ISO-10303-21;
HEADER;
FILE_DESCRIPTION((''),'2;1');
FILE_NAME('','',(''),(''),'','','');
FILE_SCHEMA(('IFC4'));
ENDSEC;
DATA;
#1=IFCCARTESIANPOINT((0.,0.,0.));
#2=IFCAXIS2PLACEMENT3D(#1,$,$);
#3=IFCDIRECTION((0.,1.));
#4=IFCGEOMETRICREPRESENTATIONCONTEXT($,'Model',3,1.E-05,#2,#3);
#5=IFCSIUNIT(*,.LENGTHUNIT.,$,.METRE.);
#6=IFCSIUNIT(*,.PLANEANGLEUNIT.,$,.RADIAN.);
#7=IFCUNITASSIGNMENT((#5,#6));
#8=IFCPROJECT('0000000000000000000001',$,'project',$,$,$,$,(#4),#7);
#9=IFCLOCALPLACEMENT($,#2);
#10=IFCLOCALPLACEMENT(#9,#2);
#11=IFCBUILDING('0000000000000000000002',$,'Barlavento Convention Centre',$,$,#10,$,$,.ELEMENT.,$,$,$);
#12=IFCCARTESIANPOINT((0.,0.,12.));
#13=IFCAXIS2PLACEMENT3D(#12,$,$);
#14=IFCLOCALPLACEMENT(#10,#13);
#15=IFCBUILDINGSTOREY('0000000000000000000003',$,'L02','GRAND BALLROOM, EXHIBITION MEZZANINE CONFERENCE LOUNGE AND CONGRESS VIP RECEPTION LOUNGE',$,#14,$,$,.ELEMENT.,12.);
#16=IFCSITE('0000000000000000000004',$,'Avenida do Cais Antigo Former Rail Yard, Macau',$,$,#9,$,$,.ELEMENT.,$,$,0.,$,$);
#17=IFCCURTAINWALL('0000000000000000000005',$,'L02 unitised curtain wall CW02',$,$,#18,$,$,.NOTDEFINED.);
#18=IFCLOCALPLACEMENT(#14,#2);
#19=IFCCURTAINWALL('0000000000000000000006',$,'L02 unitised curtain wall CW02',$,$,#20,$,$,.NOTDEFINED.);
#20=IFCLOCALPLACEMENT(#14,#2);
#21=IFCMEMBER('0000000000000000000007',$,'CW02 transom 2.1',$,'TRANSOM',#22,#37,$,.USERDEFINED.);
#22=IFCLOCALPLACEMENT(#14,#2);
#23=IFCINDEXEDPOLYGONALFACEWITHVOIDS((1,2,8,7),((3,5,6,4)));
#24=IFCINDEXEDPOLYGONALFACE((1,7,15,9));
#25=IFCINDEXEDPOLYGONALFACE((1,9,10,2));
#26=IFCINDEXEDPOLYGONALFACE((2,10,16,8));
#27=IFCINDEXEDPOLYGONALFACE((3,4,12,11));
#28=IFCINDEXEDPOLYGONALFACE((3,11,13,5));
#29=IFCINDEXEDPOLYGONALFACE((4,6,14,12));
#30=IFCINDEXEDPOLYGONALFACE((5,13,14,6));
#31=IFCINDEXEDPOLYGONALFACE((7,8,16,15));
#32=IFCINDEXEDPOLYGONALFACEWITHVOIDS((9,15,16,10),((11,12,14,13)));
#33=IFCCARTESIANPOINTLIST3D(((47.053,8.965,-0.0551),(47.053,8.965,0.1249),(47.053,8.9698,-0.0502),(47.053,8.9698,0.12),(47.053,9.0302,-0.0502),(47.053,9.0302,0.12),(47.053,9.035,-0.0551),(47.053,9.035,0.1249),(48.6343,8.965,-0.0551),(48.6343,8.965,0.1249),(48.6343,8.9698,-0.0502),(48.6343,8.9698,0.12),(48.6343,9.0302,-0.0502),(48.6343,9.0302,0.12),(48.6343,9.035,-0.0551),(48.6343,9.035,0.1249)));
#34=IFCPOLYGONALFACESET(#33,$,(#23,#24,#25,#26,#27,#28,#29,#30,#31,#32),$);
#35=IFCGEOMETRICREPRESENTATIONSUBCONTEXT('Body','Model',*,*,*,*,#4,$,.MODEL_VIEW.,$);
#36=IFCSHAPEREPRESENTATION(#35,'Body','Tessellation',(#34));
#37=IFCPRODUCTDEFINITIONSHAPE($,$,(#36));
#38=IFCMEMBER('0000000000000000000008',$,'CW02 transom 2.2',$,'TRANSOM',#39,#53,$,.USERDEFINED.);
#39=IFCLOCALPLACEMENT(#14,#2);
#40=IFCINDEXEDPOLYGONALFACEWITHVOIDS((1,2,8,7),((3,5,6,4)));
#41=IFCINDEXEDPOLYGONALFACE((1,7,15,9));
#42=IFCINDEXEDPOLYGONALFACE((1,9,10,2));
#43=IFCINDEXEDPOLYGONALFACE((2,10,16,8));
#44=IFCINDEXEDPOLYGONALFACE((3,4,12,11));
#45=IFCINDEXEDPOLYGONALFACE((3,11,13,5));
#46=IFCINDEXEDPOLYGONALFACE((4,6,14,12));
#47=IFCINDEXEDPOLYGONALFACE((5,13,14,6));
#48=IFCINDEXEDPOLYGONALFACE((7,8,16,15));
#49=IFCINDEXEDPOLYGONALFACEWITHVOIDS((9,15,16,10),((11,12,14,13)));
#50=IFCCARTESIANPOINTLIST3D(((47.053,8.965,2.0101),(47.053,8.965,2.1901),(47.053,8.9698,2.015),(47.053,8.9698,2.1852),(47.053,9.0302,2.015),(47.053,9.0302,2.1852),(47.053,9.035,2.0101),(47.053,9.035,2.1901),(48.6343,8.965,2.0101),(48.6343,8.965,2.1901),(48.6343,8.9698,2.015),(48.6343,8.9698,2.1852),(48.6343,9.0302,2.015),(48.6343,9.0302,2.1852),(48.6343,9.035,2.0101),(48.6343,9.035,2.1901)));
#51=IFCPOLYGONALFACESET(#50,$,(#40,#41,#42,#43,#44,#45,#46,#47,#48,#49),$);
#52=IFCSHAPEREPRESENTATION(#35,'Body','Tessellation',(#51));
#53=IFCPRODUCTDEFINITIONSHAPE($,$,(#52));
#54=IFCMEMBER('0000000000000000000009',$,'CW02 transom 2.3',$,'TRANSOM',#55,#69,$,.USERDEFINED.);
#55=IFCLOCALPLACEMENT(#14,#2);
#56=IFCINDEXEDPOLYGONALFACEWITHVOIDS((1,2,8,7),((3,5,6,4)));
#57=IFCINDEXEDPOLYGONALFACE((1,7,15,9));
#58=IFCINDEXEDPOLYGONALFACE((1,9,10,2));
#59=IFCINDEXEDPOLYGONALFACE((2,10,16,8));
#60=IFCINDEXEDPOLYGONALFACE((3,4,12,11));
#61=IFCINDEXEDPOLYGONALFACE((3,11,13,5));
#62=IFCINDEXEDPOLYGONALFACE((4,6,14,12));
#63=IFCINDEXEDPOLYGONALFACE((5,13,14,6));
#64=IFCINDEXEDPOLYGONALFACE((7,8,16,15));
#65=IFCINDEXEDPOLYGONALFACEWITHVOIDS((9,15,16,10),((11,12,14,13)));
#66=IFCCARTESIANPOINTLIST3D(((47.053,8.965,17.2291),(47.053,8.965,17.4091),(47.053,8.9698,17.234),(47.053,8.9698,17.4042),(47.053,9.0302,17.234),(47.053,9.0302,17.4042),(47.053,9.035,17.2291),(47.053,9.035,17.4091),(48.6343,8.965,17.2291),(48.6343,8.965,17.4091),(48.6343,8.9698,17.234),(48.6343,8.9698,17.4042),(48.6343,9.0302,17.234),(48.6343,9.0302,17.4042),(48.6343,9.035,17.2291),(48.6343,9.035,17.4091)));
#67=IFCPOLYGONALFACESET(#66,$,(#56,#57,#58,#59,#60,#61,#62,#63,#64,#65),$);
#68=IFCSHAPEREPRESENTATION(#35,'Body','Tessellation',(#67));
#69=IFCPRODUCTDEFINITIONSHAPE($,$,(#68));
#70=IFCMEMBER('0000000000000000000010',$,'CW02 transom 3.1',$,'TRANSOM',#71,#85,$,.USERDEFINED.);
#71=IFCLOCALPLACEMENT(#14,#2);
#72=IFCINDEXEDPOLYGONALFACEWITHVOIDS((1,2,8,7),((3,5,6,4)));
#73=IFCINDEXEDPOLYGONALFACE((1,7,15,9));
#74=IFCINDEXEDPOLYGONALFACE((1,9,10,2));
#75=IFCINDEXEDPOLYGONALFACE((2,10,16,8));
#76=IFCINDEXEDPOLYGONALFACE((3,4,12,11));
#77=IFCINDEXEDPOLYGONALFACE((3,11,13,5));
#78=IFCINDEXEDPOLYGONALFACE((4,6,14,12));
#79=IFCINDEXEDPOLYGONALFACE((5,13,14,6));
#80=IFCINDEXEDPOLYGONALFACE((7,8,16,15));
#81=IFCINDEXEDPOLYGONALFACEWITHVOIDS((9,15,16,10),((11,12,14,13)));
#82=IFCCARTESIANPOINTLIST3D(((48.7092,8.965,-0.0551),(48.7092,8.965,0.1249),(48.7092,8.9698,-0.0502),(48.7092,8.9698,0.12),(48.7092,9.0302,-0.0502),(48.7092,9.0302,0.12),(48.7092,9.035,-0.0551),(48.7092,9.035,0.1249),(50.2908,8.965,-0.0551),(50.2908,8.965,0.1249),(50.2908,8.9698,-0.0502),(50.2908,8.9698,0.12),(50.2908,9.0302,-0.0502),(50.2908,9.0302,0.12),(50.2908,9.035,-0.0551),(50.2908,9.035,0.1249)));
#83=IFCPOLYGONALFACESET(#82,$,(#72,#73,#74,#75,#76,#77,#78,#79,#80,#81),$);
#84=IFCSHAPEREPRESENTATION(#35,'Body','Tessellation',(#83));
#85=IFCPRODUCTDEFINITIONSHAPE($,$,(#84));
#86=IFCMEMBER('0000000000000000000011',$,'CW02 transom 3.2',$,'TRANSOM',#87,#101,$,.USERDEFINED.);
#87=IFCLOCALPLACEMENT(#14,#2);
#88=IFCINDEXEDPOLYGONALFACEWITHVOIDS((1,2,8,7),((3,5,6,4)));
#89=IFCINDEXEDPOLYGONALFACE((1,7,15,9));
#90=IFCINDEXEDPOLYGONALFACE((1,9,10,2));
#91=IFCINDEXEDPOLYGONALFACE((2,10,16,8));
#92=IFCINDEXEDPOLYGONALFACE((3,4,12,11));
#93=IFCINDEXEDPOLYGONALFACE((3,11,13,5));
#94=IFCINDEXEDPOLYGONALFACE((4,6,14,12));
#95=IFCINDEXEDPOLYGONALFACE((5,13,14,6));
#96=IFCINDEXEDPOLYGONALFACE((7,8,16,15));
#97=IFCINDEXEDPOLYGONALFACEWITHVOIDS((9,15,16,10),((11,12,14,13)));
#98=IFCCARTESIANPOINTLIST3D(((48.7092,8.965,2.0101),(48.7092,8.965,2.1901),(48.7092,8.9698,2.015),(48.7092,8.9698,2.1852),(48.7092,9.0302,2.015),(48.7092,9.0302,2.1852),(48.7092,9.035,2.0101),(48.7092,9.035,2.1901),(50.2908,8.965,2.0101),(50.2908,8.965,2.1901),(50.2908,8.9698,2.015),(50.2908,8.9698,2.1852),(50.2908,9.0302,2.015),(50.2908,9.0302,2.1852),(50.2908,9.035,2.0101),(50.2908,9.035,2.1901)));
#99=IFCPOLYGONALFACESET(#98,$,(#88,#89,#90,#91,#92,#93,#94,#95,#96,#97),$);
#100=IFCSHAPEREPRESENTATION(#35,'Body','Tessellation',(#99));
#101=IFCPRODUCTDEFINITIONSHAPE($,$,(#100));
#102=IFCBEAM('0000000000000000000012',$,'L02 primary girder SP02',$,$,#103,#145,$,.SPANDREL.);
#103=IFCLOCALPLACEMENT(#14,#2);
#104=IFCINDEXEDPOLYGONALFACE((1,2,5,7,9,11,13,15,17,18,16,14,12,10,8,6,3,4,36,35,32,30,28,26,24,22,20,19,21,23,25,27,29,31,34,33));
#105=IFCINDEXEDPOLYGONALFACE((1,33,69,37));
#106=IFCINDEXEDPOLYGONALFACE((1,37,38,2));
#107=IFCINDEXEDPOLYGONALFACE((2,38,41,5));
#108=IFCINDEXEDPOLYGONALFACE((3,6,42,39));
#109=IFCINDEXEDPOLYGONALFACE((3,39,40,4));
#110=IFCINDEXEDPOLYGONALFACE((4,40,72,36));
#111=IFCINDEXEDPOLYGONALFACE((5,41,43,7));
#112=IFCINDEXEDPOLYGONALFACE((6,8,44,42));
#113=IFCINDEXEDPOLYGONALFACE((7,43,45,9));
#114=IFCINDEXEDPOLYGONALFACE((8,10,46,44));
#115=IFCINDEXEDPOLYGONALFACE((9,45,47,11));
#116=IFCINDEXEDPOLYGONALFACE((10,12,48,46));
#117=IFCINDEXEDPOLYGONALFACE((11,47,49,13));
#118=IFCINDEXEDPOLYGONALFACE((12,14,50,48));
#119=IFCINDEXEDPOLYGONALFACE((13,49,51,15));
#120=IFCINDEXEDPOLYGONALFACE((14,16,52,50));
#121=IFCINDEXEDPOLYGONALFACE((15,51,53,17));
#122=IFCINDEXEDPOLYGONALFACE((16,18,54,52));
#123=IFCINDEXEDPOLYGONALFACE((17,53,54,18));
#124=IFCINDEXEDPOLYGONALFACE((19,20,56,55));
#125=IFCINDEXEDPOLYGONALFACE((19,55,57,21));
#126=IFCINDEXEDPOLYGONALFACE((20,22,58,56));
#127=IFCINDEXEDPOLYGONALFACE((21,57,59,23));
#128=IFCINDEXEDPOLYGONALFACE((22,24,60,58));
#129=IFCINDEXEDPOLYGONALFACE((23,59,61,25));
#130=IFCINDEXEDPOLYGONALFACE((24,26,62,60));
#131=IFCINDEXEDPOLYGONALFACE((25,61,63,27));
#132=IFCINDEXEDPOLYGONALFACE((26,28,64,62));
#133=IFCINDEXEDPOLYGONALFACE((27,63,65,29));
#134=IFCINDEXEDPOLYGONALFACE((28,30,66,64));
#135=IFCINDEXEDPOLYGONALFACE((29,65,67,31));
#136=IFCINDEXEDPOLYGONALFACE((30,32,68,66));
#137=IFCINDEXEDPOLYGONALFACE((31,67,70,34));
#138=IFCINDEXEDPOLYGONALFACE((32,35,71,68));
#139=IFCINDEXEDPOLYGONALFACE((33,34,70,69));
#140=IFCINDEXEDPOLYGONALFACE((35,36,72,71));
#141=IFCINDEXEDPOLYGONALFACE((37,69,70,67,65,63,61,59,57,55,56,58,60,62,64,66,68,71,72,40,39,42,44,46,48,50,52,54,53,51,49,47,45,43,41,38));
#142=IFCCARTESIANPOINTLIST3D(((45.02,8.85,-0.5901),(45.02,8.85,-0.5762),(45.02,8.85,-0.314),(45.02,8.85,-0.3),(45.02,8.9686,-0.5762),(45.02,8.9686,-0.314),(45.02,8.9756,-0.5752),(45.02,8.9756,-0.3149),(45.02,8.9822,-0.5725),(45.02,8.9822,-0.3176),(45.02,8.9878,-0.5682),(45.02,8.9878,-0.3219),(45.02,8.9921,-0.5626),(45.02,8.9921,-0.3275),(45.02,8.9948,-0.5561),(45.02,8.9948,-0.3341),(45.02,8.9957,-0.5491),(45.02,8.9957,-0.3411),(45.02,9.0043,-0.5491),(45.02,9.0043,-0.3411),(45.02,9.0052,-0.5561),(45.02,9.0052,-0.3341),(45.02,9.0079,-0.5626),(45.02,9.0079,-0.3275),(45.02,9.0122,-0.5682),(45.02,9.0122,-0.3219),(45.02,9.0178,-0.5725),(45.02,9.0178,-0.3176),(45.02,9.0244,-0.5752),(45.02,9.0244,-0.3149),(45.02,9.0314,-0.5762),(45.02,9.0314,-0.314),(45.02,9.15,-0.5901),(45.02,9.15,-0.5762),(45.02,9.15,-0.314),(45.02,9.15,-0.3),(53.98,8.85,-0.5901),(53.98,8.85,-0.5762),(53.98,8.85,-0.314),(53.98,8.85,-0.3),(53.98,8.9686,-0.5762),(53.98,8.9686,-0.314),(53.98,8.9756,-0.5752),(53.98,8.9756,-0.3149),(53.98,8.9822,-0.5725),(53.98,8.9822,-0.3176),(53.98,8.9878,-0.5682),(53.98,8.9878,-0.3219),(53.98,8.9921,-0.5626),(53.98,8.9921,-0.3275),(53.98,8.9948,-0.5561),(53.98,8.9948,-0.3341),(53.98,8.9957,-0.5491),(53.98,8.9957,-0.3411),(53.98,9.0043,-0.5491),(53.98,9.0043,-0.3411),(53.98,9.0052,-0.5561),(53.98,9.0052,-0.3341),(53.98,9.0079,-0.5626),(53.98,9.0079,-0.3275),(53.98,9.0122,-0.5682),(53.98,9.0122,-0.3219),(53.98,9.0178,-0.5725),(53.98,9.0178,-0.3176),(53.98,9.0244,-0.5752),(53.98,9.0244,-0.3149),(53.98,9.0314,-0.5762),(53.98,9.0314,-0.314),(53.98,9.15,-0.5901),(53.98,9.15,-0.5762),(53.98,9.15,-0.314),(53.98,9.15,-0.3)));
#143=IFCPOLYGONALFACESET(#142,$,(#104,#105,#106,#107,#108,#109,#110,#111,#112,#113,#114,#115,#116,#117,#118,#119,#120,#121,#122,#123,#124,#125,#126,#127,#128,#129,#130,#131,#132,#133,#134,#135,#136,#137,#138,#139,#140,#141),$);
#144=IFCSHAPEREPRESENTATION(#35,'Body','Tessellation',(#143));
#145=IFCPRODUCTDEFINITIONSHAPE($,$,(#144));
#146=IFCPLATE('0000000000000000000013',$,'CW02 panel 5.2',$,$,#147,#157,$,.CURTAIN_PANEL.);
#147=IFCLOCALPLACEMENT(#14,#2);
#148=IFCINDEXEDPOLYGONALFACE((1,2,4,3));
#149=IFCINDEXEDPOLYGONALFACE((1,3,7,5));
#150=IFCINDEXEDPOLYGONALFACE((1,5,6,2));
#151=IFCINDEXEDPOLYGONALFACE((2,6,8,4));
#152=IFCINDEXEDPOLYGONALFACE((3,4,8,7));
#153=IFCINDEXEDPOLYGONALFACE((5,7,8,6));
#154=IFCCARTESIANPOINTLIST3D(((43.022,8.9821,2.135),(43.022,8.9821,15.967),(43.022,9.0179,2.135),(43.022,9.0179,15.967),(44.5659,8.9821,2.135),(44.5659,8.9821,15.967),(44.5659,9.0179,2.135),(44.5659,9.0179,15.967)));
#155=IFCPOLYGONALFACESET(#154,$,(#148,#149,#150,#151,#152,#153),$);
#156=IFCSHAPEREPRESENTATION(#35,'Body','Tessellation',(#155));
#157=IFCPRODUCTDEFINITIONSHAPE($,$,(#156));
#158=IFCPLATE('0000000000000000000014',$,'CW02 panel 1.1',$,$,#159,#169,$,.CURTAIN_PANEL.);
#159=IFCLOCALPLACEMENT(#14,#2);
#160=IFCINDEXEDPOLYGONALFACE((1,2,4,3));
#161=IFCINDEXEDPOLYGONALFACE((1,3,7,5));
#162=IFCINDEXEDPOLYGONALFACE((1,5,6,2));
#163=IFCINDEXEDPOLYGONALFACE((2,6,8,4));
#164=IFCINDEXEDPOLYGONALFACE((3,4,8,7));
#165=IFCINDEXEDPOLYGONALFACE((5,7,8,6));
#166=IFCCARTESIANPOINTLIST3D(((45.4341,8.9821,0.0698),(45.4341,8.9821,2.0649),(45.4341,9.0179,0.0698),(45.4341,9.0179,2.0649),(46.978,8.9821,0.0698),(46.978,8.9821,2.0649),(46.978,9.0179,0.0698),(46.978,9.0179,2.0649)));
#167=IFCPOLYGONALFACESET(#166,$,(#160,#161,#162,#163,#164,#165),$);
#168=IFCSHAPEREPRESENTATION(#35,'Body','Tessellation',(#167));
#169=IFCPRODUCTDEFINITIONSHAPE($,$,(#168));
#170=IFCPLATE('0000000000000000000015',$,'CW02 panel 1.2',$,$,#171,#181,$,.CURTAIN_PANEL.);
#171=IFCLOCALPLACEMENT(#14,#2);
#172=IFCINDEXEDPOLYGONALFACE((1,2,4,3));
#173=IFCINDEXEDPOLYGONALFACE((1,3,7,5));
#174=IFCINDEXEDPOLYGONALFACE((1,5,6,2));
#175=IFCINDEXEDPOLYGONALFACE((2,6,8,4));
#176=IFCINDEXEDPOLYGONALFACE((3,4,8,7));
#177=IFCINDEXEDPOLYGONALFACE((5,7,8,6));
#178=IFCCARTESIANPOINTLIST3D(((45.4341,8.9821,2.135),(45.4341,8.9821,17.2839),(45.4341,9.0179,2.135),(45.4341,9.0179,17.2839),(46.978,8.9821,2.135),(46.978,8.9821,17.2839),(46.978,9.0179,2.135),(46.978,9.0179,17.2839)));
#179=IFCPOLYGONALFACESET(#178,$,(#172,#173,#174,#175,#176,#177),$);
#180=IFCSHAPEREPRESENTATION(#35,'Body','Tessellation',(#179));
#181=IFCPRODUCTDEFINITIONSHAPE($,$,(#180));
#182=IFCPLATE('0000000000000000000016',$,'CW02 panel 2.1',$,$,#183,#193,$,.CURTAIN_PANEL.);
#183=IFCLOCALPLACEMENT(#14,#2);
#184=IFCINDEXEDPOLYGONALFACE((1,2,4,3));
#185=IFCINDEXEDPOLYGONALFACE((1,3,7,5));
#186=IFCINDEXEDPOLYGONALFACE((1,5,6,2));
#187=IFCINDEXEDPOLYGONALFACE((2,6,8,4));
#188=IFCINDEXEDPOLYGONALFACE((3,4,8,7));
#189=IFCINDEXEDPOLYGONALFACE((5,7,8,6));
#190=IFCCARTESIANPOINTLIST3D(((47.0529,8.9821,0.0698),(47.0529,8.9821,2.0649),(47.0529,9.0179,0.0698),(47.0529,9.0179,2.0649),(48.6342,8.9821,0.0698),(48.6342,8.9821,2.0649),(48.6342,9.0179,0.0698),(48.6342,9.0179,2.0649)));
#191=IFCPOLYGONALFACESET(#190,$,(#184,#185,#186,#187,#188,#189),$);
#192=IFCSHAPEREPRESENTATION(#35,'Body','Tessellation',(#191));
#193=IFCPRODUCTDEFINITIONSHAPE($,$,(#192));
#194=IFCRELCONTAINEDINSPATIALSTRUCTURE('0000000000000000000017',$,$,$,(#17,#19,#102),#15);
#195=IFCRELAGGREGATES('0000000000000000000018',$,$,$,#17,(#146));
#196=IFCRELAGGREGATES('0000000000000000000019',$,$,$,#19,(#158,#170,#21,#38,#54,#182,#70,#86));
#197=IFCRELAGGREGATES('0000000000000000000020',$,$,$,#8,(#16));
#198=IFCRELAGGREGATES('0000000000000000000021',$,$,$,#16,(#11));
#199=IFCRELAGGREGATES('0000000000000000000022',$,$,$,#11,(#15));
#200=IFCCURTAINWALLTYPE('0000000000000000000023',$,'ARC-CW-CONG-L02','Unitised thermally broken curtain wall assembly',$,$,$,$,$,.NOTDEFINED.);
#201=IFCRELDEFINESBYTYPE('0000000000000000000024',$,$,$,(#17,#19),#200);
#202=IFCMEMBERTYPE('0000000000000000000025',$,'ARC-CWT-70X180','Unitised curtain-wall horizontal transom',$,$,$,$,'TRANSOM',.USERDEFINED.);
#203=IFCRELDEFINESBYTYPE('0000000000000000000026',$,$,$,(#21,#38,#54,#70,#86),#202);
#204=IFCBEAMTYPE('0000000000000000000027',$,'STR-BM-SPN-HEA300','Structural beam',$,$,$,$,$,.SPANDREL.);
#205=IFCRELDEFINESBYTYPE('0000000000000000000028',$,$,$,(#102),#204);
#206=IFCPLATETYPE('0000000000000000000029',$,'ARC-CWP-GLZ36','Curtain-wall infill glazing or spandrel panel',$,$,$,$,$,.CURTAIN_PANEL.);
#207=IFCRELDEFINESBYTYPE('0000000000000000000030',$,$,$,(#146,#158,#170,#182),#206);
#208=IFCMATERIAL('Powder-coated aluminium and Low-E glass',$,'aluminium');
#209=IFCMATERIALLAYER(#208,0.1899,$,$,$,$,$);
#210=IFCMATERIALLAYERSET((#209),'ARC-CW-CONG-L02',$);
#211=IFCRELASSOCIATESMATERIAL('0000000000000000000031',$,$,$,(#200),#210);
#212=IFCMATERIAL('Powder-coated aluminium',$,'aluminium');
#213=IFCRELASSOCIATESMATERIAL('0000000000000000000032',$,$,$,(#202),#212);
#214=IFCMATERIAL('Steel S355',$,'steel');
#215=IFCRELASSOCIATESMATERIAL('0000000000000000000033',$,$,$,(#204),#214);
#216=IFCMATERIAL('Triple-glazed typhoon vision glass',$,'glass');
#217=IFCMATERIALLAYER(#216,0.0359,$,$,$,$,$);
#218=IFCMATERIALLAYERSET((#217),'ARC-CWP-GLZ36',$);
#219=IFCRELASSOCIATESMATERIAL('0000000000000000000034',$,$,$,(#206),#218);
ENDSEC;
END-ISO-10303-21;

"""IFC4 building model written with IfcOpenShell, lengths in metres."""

from ifc_helpers import new_model, si_unit, direction, frame, origin, origin_2d, place, context, subcontext, project, spatial, rectangle, hollow_rectangle, i_section, extrude, material, layer, layer_set, material_profile, profile_set, type_object, element, aggregate, save


model = new_model("IFC4")

# Units and contexts
model_context = context("Model", 3, precision=1e-05, world=origin(), true_north=direction((0.0, 1.0)))
body_context = subcontext(model_context, "Body", "Model", "MODEL_VIEW")
ifc_project = project(units=[si_unit("LENGTHUNIT", "METRE"), si_unit("PLANEANGLEUNIT", "RADIAN")], contexts=[model_context])

# Site, building, storey
site_placement = place(None, origin())
site = spatial("IfcSite", under=ifc_project, at=site_placement, Name="Avenida do Cais Antigo Former Rail Yard, Macau", CompositionType="ELEMENT", RefElevation=0.0)
building_placement = place(site_placement, origin())
building = spatial("IfcBuilding", under=site, at=building_placement, Name="Barlavento Convention Centre", CompositionType="ELEMENT")
storey_placement = place(building_placement, frame((0.0, 0.0, 12.0)))
storey = spatial("IfcBuildingStorey", under=building, at=storey_placement, Name="L02", Description="GRAND BALLROOM, EXHIBITION MEZZANINE CONFERENCE LOUNGE AND CONGRESS VIP RECEPTION LOUNGE", CompositionType="ELEMENT", Elevation=12.0)

# Curtain wall
ifc_material_1 = material(Name="Powder-coated aluminium and Low-E glass", Category="aluminium")
ifc_layer_1 = layer(ifc_material_1, 0.1899)
ifc_layer_set_1 = layer_set([ifc_layer_1], Name="ARC-CW-CONG-L02")
curtain_wall_type = type_object("IfcCurtainWallType", Name="ARC-CW-CONG-L02", Description="Unitised thermally broken curtain wall assembly", PredefinedType="NOTDEFINED", material=ifc_layer_set_1)
curtain_wall_1_placement = place(storey_placement, origin())
curtain_wall_1 = element("IfcCurtainWall", 1, at=curtain_wall_1_placement, inside=storey, type_object=curtain_wall_type, Name="L02 unitised curtain wall CW02", PredefinedType="NOTDEFINED")
ifc_material_2 = material(Name="Powder-coated aluminium", Category="aluminium")

# Curtain wall, members
curtain_wall_2_placement = place(storey_placement, origin())
curtain_wall_2 = element("IfcCurtainWall", 2, at=curtain_wall_2_placement, inside=storey, type_object=curtain_wall_type, Name="L02 unitised curtain wall CW02", PredefinedType="NOTDEFINED")
ifc_material_profile_1 = material_profile(ifc_material_2, hollow_rectangle(XDim=0.0701, YDim=0.1799, WallThickness=0.0049, at=origin_2d()), Name="AL-TRAN 70x180x5")
ifc_profile_set_1 = profile_set([ifc_material_profile_1], Name="Powder-coated aluminium")
member_type_1 = type_object("IfcMemberType", Name="ARC-CWT-70X180", Description="Unitised curtain-wall horizontal transom", ElementType="TRANSOM", PredefinedType="USERDEFINED", material=ifc_profile_set_1)
member_1_placement = place(storey_placement, frame((47.053, 9.0, 0.0349), z_axis=(1.0, 0.0, 0.0), x_axis=(0.0, 1.0, 0.0)))
member_1 = element("IfcMember", 3, at=member_1_placement, type_object=member_type_1, Name="CW02 transom 2.1", ObjectType="TRANSOM", PredefinedType="USERDEFINED", context=body_context, shape_type="SweptSolid", body=[
    extrude(hollow_rectangle(XDim=0.0701, YDim=0.1799, WallThickness=0.0049, at=origin_2d()), origin(), (0.0, 0.0, 1.0), 1.5813),
])
member_2_placement = place(storey_placement, frame((47.053, 9.0, 2.1001), z_axis=(1.0, 0.0, 0.0), x_axis=(0.0, 1.0, 0.0)))
member_2 = element("IfcMember", 4, at=member_2_placement, type_object=member_type_1, Name="CW02 transom 2.2", ObjectType="TRANSOM", PredefinedType="USERDEFINED", context=body_context, shape_type="SweptSolid", body=[
    extrude(hollow_rectangle(XDim=0.0701, YDim=0.1799, WallThickness=0.0049, at=origin_2d()), origin(), (0.0, 0.0, 1.0), 1.5813),
])
member_3_placement = place(storey_placement, frame((47.053, 9.0, 17.3191), z_axis=(1.0, 0.0, 0.0), x_axis=(0.0, 1.0, 0.0)))
member_3 = element("IfcMember", 5, at=member_3_placement, type_object=member_type_1, Name="CW02 transom 2.3", ObjectType="TRANSOM", PredefinedType="USERDEFINED", context=body_context, shape_type="SweptSolid", body=[
    extrude(hollow_rectangle(XDim=0.0701, YDim=0.1799, WallThickness=0.0049, at=origin_2d()), origin(), (0.0, 0.0, 1.0), 1.5813),
])
member_4_placement = place(storey_placement, frame((48.7092, 9.0, 0.0349), z_axis=(1.0, 0.0, 0.0), x_axis=(0.0, 1.0, 0.0)))
member_4 = element("IfcMember", 6, at=member_4_placement, type_object=member_type_1, Name="CW02 transom 3.1", ObjectType="TRANSOM", PredefinedType="USERDEFINED", context=body_context, shape_type="SweptSolid", body=[
    extrude(hollow_rectangle(XDim=0.0701, YDim=0.1799, WallThickness=0.0049, at=origin_2d()), origin(), (0.0, 0.0, 1.0), 1.5815),
])
member_5_placement = place(storey_placement, frame((48.7092, 9.0, 2.1001), z_axis=(1.0, 0.0, 0.0), x_axis=(0.0, 1.0, 0.0)))
member_5 = element("IfcMember", 7, at=member_5_placement, type_object=member_type_1, Name="CW02 transom 3.2", ObjectType="TRANSOM", PredefinedType="USERDEFINED", context=body_context, shape_type="SweptSolid", body=[
    extrude(hollow_rectangle(XDim=0.0701, YDim=0.1799, WallThickness=0.0049, at=origin_2d()), origin(), (0.0, 0.0, 1.0), 1.5815),
])

# Beam
ifc_material_3 = material(Name="Steel S355", Category="steel")
ifc_material_profile_2 = material_profile(ifc_material_3, i_section(OverallWidth=0.3, OverallDepth=0.29, WebThickness=0.0085, FlangeThickness=0.0139, FilletRadius=0.0271, at=origin_2d()), Name="HEA 300")
ifc_profile_set_2 = profile_set([ifc_material_profile_2], Name="Steel S355")
beam_type = type_object("IfcBeamType", Name="STR-BM-SPN-HEA300", Description="Structural beam", PredefinedType="SPANDREL", material=ifc_profile_set_2)
beam_placement = place(storey_placement, frame((45.02, 9.0, -0.4451), z_axis=(1.0, 0.0, 0.0), x_axis=(0.0, 1.0, 0.0)))
element("IfcBeam", 8, at=beam_placement, inside=storey, type_object=beam_type, Name="L02 primary girder SP02", PredefinedType="SPANDREL", context=body_context, shape_type="SweptSolid", body=[
    extrude(i_section(OverallWidth=0.3, OverallDepth=0.29, WebThickness=0.0085, FlangeThickness=0.0139, FilletRadius=0.0271, at=origin_2d()), origin(), (0.0, 0.0, 1.0), 8.96),
])

# Plates
ifc_material_4 = material(Name="Triple-glazed typhoon vision glass", Category="glass")
ifc_layer_2 = layer(ifc_material_4, 0.0359)
ifc_layer_set_2 = layer_set([ifc_layer_2], Name="ARC-CWP-GLZ36")
plate_type_1 = type_object("IfcPlateType", Name="ARC-CWP-GLZ36", Description="Curtain-wall infill glazing or spandrel panel", PredefinedType="CURTAIN_PANEL", material=ifc_layer_set_2)
plate_1_placement = place(storey_placement, frame((43.7939, 9.0, 2.135), z_axis=(0.0, 0.0, 1.0), x_axis=(1.0, 0.0, 0.0)))
plate_1 = element("IfcPlate", 9, at=plate_1_placement, type_object=plate_type_1, Name="CW02 panel 5.2", PredefinedType="CURTAIN_PANEL", context=body_context, shape_type="SweptSolid", body=[
    extrude(rectangle(XDim=1.5439, YDim=0.0359, at=origin_2d()), origin(), (0.0, 0.0, 1.0), 13.832),
])
aggregate(curtain_wall_1, [plate_1])
plate_2_placement = place(storey_placement, frame((46.2061, 9.0, 0.0698), z_axis=(0.0, 0.0, 1.0), x_axis=(1.0, 0.0, 0.0)))
plate_2 = element("IfcPlate", 10, at=plate_2_placement, type_object=plate_type_1, Name="CW02 panel 1.1", PredefinedType="CURTAIN_PANEL", context=body_context, shape_type="SweptSolid", body=[
    extrude(rectangle(XDim=1.5439, YDim=0.0359, at=origin_2d()), origin(), (0.0, 0.0, 1.0), 1.9951),
])
plate_3_placement = place(storey_placement, frame((46.2061, 9.0, 2.135), z_axis=(0.0, 0.0, 1.0), x_axis=(1.0, 0.0, 0.0)))
plate_3 = element("IfcPlate", 11, at=plate_3_placement, type_object=plate_type_1, Name="CW02 panel 1.2", PredefinedType="CURTAIN_PANEL", context=body_context, shape_type="SweptSolid", body=[
    extrude(rectangle(XDim=1.5439, YDim=0.0359, at=origin_2d()), origin(), (0.0, 0.0, 1.0), 15.1489),
])
plate_4_placement = place(storey_placement, frame((47.8435, 9.0, 0.0698), z_axis=(0.0, 0.0, 1.0), x_axis=(1.0, 0.0, 0.0)))
plate_4 = element("IfcPlate", 12, at=plate_4_placement, type_object=plate_type_1, Name="CW02 panel 2.1", PredefinedType="CURTAIN_PANEL", context=body_context, shape_type="SweptSolid", body=[
    extrude(rectangle(XDim=1.5813, YDim=0.0359, at=origin_2d()), origin(), (0.0, 0.0, 1.0), 1.9951),
])
aggregate(curtain_wall_2, [plate_2, plate_3, member_1, member_2, member_3, plate_4, member_4, member_5])

save(model, "model.ifc")
